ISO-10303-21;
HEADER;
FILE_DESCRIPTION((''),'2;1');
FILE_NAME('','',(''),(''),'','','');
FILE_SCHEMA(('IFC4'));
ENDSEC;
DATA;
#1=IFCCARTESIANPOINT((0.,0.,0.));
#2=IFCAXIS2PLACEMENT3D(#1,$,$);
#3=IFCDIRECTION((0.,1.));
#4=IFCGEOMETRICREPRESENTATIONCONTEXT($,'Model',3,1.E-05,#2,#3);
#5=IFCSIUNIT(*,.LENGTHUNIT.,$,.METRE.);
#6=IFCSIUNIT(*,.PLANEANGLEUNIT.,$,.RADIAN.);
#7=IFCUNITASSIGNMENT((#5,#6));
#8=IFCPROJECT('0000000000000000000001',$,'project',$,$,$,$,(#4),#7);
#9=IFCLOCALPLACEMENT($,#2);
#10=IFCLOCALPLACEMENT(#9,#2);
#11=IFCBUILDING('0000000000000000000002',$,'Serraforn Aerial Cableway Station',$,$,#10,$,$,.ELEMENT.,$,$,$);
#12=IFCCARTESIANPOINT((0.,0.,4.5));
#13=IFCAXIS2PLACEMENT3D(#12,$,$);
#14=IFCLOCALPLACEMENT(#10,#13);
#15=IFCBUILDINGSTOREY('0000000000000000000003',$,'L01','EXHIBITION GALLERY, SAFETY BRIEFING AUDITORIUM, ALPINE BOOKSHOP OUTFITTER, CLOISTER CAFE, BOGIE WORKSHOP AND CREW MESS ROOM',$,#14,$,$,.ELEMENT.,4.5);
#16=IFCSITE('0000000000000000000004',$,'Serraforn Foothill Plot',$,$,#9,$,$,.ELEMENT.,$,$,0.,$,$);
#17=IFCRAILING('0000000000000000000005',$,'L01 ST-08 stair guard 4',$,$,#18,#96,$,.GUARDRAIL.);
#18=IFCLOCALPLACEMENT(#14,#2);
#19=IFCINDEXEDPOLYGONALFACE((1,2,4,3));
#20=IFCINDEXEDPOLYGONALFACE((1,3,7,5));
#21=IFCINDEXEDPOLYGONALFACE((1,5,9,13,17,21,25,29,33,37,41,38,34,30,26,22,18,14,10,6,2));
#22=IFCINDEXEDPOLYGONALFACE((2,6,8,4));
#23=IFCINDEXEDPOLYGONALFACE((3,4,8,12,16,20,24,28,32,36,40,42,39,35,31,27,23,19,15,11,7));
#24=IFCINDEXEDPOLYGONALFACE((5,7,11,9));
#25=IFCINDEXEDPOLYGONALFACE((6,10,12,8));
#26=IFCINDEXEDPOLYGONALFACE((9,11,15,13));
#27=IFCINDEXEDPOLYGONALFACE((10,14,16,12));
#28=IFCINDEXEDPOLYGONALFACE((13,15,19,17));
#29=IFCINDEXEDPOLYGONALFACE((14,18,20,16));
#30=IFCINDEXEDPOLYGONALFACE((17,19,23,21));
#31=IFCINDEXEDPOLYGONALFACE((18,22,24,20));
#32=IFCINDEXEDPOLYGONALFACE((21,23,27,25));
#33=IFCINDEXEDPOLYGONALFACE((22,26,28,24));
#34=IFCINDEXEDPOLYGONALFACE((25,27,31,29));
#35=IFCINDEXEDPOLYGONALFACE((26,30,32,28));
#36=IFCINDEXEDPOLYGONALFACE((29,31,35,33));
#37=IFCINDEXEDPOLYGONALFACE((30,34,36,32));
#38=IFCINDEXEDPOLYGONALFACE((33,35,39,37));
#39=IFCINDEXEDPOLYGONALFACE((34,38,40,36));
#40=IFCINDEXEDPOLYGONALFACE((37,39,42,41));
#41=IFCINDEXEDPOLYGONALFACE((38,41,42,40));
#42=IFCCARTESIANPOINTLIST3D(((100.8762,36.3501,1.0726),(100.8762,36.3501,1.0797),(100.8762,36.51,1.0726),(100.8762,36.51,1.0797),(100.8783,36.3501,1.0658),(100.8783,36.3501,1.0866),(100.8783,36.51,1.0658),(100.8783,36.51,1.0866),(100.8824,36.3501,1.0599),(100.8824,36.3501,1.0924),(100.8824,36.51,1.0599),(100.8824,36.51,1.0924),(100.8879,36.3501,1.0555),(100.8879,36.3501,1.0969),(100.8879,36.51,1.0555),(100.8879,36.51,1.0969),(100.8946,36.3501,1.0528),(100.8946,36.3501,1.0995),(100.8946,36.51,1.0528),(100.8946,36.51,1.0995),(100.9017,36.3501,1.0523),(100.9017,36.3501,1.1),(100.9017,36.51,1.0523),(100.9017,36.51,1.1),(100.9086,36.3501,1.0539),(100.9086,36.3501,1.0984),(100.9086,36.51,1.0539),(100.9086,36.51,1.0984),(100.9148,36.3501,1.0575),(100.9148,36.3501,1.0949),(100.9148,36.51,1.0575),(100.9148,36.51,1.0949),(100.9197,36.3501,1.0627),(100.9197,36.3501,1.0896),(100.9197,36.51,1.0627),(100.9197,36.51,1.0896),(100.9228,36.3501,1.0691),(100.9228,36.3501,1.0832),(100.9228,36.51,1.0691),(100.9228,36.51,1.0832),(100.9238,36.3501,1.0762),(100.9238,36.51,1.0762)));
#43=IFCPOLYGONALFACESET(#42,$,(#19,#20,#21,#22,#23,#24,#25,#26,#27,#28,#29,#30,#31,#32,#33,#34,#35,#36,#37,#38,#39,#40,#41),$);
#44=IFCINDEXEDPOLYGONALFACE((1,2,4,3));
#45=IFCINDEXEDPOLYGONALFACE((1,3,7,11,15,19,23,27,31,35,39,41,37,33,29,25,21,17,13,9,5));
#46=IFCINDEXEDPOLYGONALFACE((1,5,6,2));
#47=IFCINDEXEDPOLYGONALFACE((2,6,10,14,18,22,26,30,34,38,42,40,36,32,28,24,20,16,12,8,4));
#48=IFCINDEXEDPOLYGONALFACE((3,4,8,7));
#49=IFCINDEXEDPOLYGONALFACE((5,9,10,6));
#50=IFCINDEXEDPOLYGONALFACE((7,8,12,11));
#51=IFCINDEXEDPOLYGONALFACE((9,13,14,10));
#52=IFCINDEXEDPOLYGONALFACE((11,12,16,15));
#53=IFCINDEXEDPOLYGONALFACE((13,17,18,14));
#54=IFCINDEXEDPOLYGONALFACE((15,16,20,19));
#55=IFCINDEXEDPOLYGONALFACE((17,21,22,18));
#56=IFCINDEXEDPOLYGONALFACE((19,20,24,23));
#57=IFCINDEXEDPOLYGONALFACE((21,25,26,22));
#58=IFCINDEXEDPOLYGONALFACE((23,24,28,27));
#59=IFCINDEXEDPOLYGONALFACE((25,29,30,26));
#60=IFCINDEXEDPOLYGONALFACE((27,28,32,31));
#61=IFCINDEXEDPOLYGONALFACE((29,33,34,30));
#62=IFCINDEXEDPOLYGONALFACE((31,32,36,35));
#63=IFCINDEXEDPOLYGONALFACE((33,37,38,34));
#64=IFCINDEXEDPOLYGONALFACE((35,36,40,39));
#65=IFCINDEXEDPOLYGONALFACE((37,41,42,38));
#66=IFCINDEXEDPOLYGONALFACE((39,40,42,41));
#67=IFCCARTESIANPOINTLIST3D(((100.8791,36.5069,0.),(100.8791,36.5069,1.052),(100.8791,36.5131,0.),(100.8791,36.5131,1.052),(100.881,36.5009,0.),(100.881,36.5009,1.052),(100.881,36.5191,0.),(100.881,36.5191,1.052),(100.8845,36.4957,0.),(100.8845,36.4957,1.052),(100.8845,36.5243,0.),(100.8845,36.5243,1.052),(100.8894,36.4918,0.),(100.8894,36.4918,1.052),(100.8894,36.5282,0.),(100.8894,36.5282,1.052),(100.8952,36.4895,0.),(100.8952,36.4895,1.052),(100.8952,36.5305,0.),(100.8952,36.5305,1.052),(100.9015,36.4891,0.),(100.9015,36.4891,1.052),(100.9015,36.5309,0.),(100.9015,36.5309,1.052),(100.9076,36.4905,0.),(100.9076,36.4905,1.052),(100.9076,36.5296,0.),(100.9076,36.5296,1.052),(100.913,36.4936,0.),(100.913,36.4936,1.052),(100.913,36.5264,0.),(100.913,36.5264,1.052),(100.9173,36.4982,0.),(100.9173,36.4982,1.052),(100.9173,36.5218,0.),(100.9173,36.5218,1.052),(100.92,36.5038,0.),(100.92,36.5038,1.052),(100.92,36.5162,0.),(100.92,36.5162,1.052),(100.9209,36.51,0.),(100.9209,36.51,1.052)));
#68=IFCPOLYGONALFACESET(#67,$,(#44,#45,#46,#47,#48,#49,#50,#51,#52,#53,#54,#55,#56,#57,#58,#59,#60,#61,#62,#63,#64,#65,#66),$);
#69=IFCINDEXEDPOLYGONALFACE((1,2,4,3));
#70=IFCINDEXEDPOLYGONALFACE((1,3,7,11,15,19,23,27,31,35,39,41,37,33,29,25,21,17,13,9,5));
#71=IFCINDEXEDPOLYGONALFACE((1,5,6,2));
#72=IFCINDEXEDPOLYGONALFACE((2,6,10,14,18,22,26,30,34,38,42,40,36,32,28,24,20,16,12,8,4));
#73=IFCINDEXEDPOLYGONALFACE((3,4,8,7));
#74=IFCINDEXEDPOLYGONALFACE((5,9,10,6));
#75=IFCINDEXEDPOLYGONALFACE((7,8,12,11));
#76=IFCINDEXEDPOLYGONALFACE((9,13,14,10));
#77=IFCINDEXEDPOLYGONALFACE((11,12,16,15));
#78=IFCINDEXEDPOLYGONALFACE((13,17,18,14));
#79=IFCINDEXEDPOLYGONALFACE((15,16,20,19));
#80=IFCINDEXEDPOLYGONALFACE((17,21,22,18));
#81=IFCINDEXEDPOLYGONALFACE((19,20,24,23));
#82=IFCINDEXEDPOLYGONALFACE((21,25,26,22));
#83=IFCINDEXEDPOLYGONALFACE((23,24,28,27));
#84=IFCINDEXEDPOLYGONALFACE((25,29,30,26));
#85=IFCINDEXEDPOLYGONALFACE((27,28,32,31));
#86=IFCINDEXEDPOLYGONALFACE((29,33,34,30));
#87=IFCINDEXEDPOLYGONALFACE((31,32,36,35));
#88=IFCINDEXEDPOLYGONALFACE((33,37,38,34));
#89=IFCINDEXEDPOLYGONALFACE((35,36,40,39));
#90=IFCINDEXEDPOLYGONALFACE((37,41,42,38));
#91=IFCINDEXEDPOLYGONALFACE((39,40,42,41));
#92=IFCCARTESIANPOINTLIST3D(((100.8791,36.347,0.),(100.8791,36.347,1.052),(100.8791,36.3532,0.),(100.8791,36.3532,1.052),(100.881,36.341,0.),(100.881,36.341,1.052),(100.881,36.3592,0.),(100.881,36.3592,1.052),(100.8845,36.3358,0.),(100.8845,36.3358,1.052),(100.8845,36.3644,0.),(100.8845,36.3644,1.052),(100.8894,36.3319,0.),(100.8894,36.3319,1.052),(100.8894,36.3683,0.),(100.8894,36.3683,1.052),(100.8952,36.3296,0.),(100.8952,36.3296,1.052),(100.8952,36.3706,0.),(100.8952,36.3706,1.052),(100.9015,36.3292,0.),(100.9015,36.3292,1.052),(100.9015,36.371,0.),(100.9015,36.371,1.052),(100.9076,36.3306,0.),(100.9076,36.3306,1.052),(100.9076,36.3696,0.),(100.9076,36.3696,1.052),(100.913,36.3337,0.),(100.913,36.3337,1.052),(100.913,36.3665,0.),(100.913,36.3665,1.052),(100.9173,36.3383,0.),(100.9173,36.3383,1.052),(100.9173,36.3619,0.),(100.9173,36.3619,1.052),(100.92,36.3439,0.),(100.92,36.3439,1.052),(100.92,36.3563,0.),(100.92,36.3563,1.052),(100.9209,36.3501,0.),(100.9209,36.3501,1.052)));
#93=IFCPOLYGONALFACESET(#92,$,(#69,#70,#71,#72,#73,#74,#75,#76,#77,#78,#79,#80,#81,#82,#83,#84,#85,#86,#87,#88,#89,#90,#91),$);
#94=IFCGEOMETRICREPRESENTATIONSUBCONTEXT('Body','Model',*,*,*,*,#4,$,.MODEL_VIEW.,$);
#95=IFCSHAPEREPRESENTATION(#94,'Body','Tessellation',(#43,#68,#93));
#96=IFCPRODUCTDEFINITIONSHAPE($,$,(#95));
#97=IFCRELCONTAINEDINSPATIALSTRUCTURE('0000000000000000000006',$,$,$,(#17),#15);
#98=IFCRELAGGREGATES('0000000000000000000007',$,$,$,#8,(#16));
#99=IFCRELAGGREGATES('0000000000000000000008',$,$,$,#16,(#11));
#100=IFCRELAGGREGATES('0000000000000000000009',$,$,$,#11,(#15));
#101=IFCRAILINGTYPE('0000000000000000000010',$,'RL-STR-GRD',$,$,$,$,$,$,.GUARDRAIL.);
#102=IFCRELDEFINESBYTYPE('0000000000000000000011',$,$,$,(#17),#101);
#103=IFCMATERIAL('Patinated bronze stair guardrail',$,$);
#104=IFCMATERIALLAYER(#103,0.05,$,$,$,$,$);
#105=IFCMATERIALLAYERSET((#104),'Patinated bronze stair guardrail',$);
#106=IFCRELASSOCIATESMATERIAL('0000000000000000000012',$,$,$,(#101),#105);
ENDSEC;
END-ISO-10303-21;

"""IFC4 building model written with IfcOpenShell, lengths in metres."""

from ifc_helpers import new_model, si_unit, direction, frame, origin, origin_2d, place, context, subcontext, project, spatial, circle, extrude, material, layer, layer_set, type_object, element, save


model = new_model("IFC4")

# Units and contexts
model_context = context("Model", 3, precision=1e-05, world=origin(), true_north=direction((0.0, 1.0)))
body_context = subcontext(model_context, "Body", "Model", "MODEL_VIEW")
ifc_project = project(units=[si_unit("LENGTHUNIT", "METRE"), si_unit("PLANEANGLEUNIT", "RADIAN")], contexts=[model_context])

# Site, building, storey
site_placement = place(None, origin())
site = spatial("IfcSite", under=ifc_project, at=site_placement, Name="Serraforn Foothill Plot", CompositionType="ELEMENT", RefElevation=0.0)
building_placement = place(site_placement, origin())
building = spatial("IfcBuilding", under=site, at=building_placement, Name="Serraforn Aerial Cableway Station", CompositionType="ELEMENT")
storey_placement = place(building_placement, frame((0.0, 0.0, 4.5)))
storey = spatial("IfcBuildingStorey", under=building, at=storey_placement, Name="L01", Description="EXHIBITION GALLERY, SAFETY BRIEFING AUDITORIUM, ALPINE BOOKSHOP OUTFITTER, CLOISTER CAFE, BOGIE WORKSHOP AND CREW MESS ROOM", CompositionType="ELEMENT", Elevation=4.5)

# Railing
ifc_material_1 = material(Name="Patinated bronze stair guardrail")
ifc_layer_1 = layer(ifc_material_1, 0.05)
ifc_layer_set_1 = layer_set([ifc_layer_1], Name="Patinated bronze stair guardrail")
railing_type_1 = type_object("IfcRailingType", Name="RL-STR-GRD", PredefinedType="GUARDRAIL", material=ifc_layer_set_1)
railing_1_placement = place(storey_placement, frame((100.8999, 36.51, 0.0)))
element("IfcRailing", 1, at=railing_1_placement, inside=storey, type_object=railing_type_1, Name="L01 ST-08 stair guard 4", PredefinedType="GUARDRAIL", context=body_context, shape_type="SweptSolid", body=[
    extrude(circle(Radius=0.0239, at=origin_2d()), frame((0.0, 0.0, 1.0762), z_axis=(0.0, -1.0, 0.0), x_axis=(1.0, 0.0, 0.0)), (0.0, 0.0, 1.0), 0.1599),
    extrude(circle(Radius=0.021, at=origin_2d()), origin(), (0.0, 0.0, 1.0), 1.052),
    extrude(circle(Radius=0.021, at=origin_2d()), frame((0.0, -0.1599, 0.0)), (0.0, 0.0, 1.0), 1.052),
])

save(model, "model.ifc")
